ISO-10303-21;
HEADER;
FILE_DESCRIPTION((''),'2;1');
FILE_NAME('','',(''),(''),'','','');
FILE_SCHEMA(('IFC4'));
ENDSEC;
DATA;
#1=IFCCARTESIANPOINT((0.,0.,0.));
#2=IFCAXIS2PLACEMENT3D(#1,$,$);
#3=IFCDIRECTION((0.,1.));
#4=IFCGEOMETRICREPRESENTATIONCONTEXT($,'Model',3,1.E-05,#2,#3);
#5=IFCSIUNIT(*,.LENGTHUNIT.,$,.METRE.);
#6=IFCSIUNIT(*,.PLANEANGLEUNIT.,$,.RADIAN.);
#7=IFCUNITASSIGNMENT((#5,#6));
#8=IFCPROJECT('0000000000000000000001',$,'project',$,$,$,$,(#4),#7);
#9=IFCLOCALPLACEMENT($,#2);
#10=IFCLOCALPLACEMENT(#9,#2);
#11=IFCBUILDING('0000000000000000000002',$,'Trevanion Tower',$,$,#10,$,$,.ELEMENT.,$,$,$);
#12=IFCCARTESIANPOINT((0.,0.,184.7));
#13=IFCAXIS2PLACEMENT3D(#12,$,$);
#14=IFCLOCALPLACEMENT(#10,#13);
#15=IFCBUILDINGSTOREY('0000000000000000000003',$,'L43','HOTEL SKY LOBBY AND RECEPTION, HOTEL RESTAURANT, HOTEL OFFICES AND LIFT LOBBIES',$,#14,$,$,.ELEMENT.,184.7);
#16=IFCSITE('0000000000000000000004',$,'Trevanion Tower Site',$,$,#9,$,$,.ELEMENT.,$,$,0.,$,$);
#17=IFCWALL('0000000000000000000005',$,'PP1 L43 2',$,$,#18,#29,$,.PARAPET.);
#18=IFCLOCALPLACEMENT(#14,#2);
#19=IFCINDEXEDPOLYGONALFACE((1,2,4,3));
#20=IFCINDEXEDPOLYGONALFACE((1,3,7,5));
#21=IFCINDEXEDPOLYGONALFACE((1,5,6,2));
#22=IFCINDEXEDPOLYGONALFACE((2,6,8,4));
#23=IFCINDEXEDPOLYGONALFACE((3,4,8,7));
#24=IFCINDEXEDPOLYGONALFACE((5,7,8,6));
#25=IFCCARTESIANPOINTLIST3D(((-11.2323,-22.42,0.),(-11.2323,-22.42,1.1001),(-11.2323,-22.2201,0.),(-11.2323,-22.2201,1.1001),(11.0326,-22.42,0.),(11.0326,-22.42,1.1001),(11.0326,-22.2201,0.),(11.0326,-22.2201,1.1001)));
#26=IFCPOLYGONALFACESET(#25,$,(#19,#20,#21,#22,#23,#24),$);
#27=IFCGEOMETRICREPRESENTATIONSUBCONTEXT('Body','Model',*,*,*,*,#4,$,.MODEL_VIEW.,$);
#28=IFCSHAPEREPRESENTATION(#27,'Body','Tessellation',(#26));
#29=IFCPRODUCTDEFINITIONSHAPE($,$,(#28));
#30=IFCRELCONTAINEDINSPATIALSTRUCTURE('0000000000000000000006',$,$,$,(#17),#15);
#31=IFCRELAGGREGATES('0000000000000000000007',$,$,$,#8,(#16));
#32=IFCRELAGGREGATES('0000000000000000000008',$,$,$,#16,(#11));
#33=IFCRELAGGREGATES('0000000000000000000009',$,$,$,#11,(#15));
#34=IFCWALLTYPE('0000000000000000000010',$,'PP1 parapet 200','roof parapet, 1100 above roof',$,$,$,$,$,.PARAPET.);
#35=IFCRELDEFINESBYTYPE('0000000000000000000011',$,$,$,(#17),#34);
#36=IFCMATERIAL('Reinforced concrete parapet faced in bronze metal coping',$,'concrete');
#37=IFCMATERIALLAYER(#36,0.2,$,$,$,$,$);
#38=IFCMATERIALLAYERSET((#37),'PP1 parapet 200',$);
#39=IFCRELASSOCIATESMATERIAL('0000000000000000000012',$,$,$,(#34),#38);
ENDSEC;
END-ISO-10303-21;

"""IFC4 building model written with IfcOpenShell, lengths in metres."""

from ifc_helpers import new_model, si_unit, direction, frame, frame_2d, origin, place, context, subcontext, project, spatial, rectangle, extrude, material, layer, layer_set, type_object, element, save


model = new_model("IFC4")

# Units and contexts
model_context = context("Model", 3, precision=1e-05, world=origin(), true_north=direction((0.0, 1.0)))
body_context = subcontext(model_context, "Body", "Model", "MODEL_VIEW")
ifc_project = project(units=[si_unit("LENGTHUNIT", "METRE"), si_unit("PLANEANGLEUNIT", "RADIAN")], contexts=[model_context])

# Site, building, storey
site_placement = place(None, origin())
site = spatial("IfcSite", under=ifc_project, at=site_placement, Name="Trevanion Tower Site", CompositionType="ELEMENT", RefElevation=0.0)
building_placement = place(site_placement, origin())
building = spatial("IfcBuilding", under=site, at=building_placement, Name="Trevanion Tower", CompositionType="ELEMENT")
storey_placement = place(building_placement, frame((0.0, 0.0, 184.7)))
storey = spatial("IfcBuildingStorey", under=building, at=storey_placement, Name="L43", Description="HOTEL SKY LOBBY AND RECEPTION, HOTEL RESTAURANT, HOTEL OFFICES AND LIFT LOBBIES", CompositionType="ELEMENT", Elevation=184.7)

# Wall
ifc_material_1 = material(Name="Reinforced concrete parapet faced in bronze metal coping", Category="concrete")
ifc_layer_1 = layer(ifc_material_1, 0.2)
ifc_layer_set_1 = layer_set([ifc_layer_1], Name="PP1 parapet 200")
wall_type_1 = type_object("IfcWallType", Name="PP1 parapet 200", Description="roof parapet, 1100 above roof", PredefinedType="PARAPET", material=ifc_layer_set_1)
wall_1_placement = place(storey_placement, frame((11.0325, -22.3201, 0.0), z_axis=(0.0, 0.0, 1.0), x_axis=(-1.0, 0.0, 0.0)))
element("IfcWall", 1, at=wall_1_placement, inside=storey, type_object=wall_type_1, Name="PP1 L43 2", PredefinedType="PARAPET", context=body_context, shape_type="SweptSolid", body=[
    extrude(rectangle(XDim=22.2649, YDim=0.2, at=frame_2d((11.1323, 0.0))), origin(), (0.0, 0.0, 1.0), 1.1001),
])

save(model, "model.ifc")
